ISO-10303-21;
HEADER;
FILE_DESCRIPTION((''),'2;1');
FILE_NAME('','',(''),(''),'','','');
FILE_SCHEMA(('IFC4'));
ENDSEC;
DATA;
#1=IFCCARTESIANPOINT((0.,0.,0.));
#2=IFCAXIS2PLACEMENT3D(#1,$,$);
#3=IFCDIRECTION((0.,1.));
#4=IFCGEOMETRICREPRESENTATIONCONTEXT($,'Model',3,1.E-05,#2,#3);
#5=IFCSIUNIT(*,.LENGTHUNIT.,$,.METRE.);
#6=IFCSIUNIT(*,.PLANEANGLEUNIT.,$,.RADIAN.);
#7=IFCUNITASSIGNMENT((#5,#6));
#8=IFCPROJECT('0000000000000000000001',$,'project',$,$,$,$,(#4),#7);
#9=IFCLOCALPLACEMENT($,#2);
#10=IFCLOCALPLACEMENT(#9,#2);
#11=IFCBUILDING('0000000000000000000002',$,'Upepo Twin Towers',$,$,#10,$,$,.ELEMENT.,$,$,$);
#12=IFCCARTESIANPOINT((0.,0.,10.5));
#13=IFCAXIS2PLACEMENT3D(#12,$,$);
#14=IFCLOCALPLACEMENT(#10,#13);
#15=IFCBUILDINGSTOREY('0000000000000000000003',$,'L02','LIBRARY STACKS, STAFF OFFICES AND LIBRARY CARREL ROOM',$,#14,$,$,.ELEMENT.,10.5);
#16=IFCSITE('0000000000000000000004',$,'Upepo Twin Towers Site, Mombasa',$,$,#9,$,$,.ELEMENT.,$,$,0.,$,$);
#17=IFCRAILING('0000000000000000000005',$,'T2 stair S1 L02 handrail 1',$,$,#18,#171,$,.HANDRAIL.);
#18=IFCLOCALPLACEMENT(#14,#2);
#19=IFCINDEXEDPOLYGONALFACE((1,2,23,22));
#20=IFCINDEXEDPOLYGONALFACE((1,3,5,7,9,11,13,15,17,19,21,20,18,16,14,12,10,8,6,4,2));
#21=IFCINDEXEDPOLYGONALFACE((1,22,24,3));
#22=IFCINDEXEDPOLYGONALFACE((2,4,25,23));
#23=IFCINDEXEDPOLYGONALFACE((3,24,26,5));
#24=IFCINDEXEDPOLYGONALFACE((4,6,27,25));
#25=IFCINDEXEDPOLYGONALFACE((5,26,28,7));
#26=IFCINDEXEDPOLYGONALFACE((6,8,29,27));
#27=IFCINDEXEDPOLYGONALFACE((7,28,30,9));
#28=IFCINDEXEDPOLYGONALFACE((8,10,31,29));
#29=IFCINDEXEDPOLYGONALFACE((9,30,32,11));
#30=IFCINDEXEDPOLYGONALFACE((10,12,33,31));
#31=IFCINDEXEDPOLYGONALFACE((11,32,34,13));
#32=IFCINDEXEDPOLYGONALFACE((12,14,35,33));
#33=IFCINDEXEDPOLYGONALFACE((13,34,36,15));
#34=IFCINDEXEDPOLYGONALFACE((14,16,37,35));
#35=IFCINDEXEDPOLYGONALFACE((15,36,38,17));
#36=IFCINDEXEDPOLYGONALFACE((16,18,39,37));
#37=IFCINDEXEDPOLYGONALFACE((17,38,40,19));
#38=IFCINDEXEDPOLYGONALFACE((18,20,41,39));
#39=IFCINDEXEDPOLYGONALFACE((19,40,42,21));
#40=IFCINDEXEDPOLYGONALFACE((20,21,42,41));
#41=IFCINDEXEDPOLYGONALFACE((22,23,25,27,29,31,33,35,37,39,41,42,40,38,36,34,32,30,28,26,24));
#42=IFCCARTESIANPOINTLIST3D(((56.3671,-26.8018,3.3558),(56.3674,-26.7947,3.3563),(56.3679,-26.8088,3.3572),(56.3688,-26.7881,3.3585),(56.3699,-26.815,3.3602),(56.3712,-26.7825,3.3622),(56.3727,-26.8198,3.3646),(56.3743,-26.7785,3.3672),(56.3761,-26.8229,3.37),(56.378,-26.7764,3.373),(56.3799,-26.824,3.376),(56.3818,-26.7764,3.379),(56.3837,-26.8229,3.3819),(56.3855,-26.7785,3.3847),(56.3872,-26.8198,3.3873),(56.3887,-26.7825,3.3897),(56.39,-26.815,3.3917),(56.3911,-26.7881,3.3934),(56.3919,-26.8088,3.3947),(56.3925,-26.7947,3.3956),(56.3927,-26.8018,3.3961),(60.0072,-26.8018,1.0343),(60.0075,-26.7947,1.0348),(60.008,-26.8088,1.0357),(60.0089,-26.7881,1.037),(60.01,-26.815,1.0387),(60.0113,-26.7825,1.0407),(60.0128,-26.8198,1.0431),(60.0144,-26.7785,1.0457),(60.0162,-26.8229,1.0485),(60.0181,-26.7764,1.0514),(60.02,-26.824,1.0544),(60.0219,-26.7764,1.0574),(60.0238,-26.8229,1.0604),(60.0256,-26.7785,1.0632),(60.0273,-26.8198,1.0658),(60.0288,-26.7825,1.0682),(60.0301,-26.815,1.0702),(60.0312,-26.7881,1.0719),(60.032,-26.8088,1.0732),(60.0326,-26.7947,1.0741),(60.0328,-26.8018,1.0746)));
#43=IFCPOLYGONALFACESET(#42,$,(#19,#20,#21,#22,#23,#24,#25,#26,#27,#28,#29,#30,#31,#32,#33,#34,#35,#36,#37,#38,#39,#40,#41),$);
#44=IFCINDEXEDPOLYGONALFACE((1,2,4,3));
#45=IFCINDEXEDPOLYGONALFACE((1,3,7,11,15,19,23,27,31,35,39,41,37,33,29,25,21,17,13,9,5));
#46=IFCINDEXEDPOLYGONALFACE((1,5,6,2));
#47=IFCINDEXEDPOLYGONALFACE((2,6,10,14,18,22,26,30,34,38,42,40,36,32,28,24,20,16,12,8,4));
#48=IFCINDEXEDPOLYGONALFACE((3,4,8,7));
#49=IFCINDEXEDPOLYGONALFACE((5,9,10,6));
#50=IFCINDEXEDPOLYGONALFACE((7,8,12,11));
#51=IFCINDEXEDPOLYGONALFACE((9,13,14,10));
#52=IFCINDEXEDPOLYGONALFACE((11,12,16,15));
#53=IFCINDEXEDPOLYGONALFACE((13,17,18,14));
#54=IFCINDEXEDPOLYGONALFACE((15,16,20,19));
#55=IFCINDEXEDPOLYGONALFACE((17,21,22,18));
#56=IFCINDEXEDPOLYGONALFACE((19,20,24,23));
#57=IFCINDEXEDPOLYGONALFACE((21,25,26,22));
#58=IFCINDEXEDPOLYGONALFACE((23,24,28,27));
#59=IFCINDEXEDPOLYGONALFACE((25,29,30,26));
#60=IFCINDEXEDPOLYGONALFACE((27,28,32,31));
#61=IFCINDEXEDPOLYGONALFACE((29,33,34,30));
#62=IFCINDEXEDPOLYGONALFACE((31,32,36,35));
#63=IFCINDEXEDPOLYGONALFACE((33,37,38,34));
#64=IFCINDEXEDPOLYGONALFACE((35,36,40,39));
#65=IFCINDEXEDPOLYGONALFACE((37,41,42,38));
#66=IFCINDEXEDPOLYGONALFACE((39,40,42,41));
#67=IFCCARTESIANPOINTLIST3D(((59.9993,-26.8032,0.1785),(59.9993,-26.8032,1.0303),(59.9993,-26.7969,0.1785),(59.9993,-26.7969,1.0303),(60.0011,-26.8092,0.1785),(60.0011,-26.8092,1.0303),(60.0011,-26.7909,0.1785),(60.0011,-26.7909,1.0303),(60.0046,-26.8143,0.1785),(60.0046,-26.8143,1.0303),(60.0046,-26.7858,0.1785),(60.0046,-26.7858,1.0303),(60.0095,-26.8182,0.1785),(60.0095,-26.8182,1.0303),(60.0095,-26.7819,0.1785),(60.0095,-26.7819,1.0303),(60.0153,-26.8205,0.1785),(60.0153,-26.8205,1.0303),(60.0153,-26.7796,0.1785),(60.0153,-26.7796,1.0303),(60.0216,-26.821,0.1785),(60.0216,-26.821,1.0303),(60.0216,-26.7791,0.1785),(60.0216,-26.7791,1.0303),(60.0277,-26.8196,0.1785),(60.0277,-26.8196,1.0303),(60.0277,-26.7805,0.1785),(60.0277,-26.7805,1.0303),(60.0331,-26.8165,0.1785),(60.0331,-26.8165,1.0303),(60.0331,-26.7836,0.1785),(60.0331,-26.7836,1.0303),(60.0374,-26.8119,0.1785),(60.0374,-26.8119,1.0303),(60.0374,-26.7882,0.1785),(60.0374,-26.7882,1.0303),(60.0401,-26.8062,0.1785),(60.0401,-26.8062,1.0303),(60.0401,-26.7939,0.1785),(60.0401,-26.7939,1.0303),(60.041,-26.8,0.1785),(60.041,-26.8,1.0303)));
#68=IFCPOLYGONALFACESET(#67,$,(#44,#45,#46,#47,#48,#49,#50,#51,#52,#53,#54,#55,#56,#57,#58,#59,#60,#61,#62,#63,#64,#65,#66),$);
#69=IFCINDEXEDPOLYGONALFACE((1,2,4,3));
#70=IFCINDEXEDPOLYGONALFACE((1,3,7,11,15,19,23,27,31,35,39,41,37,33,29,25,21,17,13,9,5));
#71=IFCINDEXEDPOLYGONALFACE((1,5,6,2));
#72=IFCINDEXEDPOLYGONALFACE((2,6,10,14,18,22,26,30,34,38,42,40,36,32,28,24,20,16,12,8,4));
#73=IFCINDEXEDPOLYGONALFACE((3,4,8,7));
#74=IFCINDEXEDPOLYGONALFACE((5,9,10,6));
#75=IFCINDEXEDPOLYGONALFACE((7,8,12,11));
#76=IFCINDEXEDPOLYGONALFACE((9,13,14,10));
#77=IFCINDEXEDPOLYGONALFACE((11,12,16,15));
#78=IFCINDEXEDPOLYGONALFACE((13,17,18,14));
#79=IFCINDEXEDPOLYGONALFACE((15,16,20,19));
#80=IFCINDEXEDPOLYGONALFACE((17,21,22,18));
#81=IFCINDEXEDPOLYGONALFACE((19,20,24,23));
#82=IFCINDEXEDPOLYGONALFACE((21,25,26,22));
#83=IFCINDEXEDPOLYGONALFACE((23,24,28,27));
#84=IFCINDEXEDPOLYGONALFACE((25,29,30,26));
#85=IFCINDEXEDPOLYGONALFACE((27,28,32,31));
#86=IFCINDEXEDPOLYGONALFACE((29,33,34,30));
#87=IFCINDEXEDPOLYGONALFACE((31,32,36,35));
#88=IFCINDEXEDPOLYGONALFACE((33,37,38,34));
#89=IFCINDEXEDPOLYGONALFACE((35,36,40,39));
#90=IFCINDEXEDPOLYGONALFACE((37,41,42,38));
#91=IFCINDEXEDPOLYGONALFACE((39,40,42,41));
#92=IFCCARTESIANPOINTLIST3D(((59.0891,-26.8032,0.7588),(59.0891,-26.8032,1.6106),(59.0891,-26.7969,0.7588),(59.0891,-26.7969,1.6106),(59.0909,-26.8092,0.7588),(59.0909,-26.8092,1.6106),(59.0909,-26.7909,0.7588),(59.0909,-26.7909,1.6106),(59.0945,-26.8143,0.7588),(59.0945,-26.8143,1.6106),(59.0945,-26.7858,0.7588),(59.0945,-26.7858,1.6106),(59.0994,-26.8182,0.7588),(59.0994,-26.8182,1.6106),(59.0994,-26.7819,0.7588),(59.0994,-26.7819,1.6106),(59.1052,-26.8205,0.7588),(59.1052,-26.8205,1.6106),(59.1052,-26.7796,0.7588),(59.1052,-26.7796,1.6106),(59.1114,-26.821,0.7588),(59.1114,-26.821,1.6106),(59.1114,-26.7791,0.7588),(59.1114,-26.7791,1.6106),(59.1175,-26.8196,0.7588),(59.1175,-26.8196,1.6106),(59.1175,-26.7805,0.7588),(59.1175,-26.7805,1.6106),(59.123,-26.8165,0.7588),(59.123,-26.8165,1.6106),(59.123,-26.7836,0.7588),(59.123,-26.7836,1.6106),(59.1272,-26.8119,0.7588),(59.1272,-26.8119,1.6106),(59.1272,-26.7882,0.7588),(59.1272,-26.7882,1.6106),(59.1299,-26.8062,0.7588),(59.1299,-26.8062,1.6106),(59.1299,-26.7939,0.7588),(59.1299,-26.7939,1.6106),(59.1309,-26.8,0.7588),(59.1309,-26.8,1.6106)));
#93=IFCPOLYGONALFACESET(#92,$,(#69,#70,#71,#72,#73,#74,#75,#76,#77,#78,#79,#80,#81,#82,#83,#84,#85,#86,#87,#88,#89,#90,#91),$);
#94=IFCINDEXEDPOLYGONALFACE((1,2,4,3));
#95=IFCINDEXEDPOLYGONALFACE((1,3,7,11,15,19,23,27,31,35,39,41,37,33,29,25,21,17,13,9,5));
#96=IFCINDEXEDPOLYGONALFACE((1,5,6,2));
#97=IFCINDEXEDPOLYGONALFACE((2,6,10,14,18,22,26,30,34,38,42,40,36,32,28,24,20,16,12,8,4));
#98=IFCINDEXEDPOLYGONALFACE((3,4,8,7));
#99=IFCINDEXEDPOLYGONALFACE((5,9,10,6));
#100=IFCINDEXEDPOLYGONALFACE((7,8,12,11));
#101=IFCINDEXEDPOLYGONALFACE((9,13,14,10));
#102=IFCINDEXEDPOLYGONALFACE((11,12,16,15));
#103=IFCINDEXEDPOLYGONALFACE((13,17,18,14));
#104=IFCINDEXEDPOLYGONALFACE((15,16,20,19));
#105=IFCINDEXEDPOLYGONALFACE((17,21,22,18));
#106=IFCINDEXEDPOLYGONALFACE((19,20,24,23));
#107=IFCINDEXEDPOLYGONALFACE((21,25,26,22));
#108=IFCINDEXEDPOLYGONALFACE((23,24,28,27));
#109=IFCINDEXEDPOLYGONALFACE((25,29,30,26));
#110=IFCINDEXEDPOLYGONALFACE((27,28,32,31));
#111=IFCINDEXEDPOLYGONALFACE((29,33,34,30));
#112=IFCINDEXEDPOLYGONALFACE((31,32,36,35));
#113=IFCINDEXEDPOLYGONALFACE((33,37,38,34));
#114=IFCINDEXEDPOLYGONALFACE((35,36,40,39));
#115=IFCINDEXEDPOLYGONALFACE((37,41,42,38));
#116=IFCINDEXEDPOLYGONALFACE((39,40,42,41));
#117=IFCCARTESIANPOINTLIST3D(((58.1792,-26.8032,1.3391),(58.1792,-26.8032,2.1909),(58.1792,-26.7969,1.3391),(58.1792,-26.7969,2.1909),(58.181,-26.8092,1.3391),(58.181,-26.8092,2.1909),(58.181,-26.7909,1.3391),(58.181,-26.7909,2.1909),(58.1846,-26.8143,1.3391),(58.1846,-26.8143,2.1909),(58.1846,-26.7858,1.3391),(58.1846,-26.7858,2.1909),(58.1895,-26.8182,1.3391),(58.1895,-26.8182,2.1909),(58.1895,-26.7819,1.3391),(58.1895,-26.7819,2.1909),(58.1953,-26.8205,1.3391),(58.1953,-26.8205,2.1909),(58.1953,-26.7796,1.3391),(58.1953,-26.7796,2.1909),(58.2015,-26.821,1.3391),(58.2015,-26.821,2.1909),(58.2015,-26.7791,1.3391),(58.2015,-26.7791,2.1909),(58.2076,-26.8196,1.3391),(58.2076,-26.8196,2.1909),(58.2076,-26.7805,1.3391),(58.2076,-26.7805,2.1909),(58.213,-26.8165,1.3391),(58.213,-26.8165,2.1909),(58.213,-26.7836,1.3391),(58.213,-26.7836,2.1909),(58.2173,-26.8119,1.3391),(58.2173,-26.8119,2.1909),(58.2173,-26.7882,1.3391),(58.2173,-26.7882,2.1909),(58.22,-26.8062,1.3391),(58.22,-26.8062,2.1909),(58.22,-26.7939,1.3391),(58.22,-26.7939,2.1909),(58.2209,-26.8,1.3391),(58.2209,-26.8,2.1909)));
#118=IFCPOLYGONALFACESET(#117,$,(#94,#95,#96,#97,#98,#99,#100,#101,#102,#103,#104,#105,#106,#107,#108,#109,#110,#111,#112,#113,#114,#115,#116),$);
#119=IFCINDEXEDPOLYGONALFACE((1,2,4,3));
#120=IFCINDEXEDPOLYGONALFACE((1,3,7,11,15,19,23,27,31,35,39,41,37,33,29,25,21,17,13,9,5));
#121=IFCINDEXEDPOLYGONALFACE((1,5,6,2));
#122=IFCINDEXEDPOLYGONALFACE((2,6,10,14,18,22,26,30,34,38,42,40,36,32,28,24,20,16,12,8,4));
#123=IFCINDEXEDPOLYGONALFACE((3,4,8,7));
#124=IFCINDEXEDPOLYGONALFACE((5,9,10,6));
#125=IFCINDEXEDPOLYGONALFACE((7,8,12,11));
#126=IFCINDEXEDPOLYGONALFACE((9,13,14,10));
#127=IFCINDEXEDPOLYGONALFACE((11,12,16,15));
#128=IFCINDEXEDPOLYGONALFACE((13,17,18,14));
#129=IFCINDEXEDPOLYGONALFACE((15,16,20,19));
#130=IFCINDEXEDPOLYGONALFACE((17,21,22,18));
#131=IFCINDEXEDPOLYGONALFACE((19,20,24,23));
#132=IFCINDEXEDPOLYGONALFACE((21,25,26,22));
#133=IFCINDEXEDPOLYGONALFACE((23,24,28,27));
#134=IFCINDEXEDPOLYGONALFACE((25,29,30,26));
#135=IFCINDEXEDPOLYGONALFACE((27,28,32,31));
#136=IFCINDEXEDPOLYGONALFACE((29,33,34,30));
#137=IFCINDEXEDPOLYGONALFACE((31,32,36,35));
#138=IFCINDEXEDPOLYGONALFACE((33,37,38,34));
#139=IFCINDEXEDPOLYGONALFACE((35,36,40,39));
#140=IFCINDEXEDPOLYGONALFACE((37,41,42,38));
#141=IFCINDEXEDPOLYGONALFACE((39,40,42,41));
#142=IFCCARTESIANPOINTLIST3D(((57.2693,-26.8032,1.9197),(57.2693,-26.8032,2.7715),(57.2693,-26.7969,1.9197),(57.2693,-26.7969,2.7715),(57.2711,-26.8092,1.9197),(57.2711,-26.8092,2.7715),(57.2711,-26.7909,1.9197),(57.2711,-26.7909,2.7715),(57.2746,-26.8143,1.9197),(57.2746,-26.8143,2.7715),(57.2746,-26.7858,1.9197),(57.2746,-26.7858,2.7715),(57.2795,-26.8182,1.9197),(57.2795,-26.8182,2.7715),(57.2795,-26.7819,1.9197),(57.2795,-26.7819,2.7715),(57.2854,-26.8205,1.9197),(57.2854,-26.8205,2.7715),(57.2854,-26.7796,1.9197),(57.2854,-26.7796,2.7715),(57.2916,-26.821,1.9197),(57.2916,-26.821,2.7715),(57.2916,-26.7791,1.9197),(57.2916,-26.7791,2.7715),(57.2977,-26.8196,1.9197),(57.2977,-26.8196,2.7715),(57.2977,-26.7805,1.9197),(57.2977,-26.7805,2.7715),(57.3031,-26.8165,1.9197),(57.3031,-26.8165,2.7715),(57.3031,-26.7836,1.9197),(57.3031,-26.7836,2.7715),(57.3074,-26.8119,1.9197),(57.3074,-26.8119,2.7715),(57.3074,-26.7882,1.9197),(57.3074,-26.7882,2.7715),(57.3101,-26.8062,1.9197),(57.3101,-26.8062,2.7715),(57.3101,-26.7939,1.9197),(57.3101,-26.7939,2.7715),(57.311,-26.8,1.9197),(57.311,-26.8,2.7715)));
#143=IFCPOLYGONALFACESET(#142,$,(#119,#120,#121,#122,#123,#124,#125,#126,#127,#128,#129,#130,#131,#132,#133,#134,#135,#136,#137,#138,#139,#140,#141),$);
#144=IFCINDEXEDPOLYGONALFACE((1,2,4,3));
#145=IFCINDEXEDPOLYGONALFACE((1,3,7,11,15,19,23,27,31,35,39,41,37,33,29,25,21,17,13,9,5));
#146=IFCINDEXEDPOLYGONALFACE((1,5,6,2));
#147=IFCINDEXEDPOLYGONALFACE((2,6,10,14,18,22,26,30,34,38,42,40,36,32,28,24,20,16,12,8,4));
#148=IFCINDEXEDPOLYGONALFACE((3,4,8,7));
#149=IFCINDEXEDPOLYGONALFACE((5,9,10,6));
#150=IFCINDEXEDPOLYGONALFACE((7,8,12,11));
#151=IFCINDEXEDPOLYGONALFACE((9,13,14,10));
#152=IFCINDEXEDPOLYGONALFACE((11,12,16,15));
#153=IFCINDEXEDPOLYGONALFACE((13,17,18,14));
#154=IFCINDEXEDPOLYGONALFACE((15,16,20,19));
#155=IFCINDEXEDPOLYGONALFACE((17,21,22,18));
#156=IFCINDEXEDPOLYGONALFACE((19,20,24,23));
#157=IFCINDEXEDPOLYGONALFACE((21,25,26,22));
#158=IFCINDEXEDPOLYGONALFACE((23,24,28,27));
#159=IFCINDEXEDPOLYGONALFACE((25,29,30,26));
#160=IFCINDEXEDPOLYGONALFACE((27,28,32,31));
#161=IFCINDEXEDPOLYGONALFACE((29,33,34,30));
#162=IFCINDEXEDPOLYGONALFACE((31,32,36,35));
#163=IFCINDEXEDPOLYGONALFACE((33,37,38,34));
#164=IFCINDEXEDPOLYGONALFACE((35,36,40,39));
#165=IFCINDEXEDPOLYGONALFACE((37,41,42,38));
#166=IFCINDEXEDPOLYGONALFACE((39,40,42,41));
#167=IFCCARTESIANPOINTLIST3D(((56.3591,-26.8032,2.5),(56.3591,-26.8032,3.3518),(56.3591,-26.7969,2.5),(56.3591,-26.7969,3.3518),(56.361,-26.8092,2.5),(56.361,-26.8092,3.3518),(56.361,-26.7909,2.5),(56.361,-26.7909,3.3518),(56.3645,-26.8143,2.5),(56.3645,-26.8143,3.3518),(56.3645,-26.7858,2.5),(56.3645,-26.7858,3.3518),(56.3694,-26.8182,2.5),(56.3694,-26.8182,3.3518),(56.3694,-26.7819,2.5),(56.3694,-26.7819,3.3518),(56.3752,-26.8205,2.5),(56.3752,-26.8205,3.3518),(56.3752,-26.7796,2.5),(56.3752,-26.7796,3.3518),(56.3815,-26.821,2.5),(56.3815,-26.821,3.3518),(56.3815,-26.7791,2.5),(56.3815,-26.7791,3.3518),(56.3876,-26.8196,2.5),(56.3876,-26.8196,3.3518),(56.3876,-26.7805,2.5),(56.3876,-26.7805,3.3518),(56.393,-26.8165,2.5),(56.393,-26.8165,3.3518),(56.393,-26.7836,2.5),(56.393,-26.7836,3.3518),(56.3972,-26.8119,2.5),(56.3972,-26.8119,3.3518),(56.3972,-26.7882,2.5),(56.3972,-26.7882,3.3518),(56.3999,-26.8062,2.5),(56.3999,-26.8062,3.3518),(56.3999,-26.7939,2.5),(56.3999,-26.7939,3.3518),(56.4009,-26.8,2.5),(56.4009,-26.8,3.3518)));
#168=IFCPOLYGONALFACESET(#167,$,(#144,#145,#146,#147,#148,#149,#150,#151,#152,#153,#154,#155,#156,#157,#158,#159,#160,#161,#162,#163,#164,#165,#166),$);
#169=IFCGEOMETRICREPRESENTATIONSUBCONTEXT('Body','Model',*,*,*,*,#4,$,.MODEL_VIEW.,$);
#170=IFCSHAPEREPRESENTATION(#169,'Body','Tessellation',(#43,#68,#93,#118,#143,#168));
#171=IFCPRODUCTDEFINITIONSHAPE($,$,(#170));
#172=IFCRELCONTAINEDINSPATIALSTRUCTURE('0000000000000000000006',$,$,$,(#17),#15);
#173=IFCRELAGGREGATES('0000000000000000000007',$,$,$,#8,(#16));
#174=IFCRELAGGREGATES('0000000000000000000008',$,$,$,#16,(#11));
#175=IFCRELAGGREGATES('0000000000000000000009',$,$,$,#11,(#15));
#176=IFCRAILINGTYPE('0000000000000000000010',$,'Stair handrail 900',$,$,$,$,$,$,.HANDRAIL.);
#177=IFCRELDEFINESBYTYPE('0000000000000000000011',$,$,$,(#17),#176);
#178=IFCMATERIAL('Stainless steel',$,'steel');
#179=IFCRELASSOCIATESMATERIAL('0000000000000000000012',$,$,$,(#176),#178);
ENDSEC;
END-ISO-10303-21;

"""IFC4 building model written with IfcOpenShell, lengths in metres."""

from ifc_helpers import new_model, si_unit, direction, frame, origin, origin_2d, place, context, subcontext, project, spatial, circle, extrude, material, type_object, element, save


model = new_model("IFC4")

# Units and contexts
model_context = context("Model", 3, precision=1e-05, world=origin(), true_north=direction((0.0, 1.0)))
body_context = subcontext(model_context, "Body", "Model", "MODEL_VIEW")
ifc_project = project(units=[si_unit("LENGTHUNIT", "METRE"), si_unit("PLANEANGLEUNIT", "RADIAN")], contexts=[model_context])

# Site, building, storey
site_placement = place(None, origin())
site = spatial("IfcSite", under=ifc_project, at=site_placement, Name="Upepo Twin Towers Site, Mombasa", CompositionType="ELEMENT", RefElevation=0.0)
building_placement = place(site_placement, origin())
building = spatial("IfcBuilding", under=site, at=building_placement, Name="Upepo Twin Towers", CompositionType="ELEMENT")
storey_placement = place(building_placement, frame((0.0, 0.0, 10.5)))
storey = spatial("IfcBuildingStorey", under=building, at=storey_placement, Name="L02", Description="LIBRARY STACKS, STAFF OFFICES AND LIBRARY CARREL ROOM", CompositionType="ELEMENT", Elevation=10.5)

# Railing
ifc_material_1 = material(Name="Stainless steel", Category="steel")
railing_type = type_object("IfcRailingType", Name="Stair handrail 900", PredefinedType="HANDRAIL", material=ifc_material_1)
railing_1_placement = place(storey_placement, frame((60.02, -26.8, 0.1785)))
element("IfcRailing", 1, at=railing_1_placement, inside=storey, type_object=railing_type, Name="T2 stair S1 L02 handrail 1", PredefinedType="HANDRAIL", context=body_context, shape_type="SweptSolid", body=[
    extrude(circle(Radius=0.0239, at=origin_2d()), frame((0.0, 0.0, 0.876), z_axis=(-0.843128, 0.0, 0.537713), x_axis=(0.0, -1.0, 0.0)), (0.0, 0.0, 1.0), 4.3174),
    extrude(circle(Radius=0.021, at=origin_2d()), origin(), (0.0, 0.0, 1.0), 0.8518),
    extrude(circle(Radius=0.021, at=origin_2d()), frame((-0.9102, 0.0, 0.5803)), (0.0, 0.0, 1.0), 0.8518),
    extrude(circle(Radius=0.021, at=origin_2d()), frame((-1.8201, 0.0, 1.1606)), (0.0, 0.0, 1.0), 0.8518),
    extrude(circle(Radius=0.021, at=origin_2d()), frame((-2.73, 0.0, 1.7412)), (0.0, 0.0, 1.0), 0.8518),
    extrude(circle(Radius=0.021, at=origin_2d()), frame((-3.6401, 0.0, 2.3215)), (0.0, 0.0, 1.0), 0.8518),
])

save(model, "model.ifc")
